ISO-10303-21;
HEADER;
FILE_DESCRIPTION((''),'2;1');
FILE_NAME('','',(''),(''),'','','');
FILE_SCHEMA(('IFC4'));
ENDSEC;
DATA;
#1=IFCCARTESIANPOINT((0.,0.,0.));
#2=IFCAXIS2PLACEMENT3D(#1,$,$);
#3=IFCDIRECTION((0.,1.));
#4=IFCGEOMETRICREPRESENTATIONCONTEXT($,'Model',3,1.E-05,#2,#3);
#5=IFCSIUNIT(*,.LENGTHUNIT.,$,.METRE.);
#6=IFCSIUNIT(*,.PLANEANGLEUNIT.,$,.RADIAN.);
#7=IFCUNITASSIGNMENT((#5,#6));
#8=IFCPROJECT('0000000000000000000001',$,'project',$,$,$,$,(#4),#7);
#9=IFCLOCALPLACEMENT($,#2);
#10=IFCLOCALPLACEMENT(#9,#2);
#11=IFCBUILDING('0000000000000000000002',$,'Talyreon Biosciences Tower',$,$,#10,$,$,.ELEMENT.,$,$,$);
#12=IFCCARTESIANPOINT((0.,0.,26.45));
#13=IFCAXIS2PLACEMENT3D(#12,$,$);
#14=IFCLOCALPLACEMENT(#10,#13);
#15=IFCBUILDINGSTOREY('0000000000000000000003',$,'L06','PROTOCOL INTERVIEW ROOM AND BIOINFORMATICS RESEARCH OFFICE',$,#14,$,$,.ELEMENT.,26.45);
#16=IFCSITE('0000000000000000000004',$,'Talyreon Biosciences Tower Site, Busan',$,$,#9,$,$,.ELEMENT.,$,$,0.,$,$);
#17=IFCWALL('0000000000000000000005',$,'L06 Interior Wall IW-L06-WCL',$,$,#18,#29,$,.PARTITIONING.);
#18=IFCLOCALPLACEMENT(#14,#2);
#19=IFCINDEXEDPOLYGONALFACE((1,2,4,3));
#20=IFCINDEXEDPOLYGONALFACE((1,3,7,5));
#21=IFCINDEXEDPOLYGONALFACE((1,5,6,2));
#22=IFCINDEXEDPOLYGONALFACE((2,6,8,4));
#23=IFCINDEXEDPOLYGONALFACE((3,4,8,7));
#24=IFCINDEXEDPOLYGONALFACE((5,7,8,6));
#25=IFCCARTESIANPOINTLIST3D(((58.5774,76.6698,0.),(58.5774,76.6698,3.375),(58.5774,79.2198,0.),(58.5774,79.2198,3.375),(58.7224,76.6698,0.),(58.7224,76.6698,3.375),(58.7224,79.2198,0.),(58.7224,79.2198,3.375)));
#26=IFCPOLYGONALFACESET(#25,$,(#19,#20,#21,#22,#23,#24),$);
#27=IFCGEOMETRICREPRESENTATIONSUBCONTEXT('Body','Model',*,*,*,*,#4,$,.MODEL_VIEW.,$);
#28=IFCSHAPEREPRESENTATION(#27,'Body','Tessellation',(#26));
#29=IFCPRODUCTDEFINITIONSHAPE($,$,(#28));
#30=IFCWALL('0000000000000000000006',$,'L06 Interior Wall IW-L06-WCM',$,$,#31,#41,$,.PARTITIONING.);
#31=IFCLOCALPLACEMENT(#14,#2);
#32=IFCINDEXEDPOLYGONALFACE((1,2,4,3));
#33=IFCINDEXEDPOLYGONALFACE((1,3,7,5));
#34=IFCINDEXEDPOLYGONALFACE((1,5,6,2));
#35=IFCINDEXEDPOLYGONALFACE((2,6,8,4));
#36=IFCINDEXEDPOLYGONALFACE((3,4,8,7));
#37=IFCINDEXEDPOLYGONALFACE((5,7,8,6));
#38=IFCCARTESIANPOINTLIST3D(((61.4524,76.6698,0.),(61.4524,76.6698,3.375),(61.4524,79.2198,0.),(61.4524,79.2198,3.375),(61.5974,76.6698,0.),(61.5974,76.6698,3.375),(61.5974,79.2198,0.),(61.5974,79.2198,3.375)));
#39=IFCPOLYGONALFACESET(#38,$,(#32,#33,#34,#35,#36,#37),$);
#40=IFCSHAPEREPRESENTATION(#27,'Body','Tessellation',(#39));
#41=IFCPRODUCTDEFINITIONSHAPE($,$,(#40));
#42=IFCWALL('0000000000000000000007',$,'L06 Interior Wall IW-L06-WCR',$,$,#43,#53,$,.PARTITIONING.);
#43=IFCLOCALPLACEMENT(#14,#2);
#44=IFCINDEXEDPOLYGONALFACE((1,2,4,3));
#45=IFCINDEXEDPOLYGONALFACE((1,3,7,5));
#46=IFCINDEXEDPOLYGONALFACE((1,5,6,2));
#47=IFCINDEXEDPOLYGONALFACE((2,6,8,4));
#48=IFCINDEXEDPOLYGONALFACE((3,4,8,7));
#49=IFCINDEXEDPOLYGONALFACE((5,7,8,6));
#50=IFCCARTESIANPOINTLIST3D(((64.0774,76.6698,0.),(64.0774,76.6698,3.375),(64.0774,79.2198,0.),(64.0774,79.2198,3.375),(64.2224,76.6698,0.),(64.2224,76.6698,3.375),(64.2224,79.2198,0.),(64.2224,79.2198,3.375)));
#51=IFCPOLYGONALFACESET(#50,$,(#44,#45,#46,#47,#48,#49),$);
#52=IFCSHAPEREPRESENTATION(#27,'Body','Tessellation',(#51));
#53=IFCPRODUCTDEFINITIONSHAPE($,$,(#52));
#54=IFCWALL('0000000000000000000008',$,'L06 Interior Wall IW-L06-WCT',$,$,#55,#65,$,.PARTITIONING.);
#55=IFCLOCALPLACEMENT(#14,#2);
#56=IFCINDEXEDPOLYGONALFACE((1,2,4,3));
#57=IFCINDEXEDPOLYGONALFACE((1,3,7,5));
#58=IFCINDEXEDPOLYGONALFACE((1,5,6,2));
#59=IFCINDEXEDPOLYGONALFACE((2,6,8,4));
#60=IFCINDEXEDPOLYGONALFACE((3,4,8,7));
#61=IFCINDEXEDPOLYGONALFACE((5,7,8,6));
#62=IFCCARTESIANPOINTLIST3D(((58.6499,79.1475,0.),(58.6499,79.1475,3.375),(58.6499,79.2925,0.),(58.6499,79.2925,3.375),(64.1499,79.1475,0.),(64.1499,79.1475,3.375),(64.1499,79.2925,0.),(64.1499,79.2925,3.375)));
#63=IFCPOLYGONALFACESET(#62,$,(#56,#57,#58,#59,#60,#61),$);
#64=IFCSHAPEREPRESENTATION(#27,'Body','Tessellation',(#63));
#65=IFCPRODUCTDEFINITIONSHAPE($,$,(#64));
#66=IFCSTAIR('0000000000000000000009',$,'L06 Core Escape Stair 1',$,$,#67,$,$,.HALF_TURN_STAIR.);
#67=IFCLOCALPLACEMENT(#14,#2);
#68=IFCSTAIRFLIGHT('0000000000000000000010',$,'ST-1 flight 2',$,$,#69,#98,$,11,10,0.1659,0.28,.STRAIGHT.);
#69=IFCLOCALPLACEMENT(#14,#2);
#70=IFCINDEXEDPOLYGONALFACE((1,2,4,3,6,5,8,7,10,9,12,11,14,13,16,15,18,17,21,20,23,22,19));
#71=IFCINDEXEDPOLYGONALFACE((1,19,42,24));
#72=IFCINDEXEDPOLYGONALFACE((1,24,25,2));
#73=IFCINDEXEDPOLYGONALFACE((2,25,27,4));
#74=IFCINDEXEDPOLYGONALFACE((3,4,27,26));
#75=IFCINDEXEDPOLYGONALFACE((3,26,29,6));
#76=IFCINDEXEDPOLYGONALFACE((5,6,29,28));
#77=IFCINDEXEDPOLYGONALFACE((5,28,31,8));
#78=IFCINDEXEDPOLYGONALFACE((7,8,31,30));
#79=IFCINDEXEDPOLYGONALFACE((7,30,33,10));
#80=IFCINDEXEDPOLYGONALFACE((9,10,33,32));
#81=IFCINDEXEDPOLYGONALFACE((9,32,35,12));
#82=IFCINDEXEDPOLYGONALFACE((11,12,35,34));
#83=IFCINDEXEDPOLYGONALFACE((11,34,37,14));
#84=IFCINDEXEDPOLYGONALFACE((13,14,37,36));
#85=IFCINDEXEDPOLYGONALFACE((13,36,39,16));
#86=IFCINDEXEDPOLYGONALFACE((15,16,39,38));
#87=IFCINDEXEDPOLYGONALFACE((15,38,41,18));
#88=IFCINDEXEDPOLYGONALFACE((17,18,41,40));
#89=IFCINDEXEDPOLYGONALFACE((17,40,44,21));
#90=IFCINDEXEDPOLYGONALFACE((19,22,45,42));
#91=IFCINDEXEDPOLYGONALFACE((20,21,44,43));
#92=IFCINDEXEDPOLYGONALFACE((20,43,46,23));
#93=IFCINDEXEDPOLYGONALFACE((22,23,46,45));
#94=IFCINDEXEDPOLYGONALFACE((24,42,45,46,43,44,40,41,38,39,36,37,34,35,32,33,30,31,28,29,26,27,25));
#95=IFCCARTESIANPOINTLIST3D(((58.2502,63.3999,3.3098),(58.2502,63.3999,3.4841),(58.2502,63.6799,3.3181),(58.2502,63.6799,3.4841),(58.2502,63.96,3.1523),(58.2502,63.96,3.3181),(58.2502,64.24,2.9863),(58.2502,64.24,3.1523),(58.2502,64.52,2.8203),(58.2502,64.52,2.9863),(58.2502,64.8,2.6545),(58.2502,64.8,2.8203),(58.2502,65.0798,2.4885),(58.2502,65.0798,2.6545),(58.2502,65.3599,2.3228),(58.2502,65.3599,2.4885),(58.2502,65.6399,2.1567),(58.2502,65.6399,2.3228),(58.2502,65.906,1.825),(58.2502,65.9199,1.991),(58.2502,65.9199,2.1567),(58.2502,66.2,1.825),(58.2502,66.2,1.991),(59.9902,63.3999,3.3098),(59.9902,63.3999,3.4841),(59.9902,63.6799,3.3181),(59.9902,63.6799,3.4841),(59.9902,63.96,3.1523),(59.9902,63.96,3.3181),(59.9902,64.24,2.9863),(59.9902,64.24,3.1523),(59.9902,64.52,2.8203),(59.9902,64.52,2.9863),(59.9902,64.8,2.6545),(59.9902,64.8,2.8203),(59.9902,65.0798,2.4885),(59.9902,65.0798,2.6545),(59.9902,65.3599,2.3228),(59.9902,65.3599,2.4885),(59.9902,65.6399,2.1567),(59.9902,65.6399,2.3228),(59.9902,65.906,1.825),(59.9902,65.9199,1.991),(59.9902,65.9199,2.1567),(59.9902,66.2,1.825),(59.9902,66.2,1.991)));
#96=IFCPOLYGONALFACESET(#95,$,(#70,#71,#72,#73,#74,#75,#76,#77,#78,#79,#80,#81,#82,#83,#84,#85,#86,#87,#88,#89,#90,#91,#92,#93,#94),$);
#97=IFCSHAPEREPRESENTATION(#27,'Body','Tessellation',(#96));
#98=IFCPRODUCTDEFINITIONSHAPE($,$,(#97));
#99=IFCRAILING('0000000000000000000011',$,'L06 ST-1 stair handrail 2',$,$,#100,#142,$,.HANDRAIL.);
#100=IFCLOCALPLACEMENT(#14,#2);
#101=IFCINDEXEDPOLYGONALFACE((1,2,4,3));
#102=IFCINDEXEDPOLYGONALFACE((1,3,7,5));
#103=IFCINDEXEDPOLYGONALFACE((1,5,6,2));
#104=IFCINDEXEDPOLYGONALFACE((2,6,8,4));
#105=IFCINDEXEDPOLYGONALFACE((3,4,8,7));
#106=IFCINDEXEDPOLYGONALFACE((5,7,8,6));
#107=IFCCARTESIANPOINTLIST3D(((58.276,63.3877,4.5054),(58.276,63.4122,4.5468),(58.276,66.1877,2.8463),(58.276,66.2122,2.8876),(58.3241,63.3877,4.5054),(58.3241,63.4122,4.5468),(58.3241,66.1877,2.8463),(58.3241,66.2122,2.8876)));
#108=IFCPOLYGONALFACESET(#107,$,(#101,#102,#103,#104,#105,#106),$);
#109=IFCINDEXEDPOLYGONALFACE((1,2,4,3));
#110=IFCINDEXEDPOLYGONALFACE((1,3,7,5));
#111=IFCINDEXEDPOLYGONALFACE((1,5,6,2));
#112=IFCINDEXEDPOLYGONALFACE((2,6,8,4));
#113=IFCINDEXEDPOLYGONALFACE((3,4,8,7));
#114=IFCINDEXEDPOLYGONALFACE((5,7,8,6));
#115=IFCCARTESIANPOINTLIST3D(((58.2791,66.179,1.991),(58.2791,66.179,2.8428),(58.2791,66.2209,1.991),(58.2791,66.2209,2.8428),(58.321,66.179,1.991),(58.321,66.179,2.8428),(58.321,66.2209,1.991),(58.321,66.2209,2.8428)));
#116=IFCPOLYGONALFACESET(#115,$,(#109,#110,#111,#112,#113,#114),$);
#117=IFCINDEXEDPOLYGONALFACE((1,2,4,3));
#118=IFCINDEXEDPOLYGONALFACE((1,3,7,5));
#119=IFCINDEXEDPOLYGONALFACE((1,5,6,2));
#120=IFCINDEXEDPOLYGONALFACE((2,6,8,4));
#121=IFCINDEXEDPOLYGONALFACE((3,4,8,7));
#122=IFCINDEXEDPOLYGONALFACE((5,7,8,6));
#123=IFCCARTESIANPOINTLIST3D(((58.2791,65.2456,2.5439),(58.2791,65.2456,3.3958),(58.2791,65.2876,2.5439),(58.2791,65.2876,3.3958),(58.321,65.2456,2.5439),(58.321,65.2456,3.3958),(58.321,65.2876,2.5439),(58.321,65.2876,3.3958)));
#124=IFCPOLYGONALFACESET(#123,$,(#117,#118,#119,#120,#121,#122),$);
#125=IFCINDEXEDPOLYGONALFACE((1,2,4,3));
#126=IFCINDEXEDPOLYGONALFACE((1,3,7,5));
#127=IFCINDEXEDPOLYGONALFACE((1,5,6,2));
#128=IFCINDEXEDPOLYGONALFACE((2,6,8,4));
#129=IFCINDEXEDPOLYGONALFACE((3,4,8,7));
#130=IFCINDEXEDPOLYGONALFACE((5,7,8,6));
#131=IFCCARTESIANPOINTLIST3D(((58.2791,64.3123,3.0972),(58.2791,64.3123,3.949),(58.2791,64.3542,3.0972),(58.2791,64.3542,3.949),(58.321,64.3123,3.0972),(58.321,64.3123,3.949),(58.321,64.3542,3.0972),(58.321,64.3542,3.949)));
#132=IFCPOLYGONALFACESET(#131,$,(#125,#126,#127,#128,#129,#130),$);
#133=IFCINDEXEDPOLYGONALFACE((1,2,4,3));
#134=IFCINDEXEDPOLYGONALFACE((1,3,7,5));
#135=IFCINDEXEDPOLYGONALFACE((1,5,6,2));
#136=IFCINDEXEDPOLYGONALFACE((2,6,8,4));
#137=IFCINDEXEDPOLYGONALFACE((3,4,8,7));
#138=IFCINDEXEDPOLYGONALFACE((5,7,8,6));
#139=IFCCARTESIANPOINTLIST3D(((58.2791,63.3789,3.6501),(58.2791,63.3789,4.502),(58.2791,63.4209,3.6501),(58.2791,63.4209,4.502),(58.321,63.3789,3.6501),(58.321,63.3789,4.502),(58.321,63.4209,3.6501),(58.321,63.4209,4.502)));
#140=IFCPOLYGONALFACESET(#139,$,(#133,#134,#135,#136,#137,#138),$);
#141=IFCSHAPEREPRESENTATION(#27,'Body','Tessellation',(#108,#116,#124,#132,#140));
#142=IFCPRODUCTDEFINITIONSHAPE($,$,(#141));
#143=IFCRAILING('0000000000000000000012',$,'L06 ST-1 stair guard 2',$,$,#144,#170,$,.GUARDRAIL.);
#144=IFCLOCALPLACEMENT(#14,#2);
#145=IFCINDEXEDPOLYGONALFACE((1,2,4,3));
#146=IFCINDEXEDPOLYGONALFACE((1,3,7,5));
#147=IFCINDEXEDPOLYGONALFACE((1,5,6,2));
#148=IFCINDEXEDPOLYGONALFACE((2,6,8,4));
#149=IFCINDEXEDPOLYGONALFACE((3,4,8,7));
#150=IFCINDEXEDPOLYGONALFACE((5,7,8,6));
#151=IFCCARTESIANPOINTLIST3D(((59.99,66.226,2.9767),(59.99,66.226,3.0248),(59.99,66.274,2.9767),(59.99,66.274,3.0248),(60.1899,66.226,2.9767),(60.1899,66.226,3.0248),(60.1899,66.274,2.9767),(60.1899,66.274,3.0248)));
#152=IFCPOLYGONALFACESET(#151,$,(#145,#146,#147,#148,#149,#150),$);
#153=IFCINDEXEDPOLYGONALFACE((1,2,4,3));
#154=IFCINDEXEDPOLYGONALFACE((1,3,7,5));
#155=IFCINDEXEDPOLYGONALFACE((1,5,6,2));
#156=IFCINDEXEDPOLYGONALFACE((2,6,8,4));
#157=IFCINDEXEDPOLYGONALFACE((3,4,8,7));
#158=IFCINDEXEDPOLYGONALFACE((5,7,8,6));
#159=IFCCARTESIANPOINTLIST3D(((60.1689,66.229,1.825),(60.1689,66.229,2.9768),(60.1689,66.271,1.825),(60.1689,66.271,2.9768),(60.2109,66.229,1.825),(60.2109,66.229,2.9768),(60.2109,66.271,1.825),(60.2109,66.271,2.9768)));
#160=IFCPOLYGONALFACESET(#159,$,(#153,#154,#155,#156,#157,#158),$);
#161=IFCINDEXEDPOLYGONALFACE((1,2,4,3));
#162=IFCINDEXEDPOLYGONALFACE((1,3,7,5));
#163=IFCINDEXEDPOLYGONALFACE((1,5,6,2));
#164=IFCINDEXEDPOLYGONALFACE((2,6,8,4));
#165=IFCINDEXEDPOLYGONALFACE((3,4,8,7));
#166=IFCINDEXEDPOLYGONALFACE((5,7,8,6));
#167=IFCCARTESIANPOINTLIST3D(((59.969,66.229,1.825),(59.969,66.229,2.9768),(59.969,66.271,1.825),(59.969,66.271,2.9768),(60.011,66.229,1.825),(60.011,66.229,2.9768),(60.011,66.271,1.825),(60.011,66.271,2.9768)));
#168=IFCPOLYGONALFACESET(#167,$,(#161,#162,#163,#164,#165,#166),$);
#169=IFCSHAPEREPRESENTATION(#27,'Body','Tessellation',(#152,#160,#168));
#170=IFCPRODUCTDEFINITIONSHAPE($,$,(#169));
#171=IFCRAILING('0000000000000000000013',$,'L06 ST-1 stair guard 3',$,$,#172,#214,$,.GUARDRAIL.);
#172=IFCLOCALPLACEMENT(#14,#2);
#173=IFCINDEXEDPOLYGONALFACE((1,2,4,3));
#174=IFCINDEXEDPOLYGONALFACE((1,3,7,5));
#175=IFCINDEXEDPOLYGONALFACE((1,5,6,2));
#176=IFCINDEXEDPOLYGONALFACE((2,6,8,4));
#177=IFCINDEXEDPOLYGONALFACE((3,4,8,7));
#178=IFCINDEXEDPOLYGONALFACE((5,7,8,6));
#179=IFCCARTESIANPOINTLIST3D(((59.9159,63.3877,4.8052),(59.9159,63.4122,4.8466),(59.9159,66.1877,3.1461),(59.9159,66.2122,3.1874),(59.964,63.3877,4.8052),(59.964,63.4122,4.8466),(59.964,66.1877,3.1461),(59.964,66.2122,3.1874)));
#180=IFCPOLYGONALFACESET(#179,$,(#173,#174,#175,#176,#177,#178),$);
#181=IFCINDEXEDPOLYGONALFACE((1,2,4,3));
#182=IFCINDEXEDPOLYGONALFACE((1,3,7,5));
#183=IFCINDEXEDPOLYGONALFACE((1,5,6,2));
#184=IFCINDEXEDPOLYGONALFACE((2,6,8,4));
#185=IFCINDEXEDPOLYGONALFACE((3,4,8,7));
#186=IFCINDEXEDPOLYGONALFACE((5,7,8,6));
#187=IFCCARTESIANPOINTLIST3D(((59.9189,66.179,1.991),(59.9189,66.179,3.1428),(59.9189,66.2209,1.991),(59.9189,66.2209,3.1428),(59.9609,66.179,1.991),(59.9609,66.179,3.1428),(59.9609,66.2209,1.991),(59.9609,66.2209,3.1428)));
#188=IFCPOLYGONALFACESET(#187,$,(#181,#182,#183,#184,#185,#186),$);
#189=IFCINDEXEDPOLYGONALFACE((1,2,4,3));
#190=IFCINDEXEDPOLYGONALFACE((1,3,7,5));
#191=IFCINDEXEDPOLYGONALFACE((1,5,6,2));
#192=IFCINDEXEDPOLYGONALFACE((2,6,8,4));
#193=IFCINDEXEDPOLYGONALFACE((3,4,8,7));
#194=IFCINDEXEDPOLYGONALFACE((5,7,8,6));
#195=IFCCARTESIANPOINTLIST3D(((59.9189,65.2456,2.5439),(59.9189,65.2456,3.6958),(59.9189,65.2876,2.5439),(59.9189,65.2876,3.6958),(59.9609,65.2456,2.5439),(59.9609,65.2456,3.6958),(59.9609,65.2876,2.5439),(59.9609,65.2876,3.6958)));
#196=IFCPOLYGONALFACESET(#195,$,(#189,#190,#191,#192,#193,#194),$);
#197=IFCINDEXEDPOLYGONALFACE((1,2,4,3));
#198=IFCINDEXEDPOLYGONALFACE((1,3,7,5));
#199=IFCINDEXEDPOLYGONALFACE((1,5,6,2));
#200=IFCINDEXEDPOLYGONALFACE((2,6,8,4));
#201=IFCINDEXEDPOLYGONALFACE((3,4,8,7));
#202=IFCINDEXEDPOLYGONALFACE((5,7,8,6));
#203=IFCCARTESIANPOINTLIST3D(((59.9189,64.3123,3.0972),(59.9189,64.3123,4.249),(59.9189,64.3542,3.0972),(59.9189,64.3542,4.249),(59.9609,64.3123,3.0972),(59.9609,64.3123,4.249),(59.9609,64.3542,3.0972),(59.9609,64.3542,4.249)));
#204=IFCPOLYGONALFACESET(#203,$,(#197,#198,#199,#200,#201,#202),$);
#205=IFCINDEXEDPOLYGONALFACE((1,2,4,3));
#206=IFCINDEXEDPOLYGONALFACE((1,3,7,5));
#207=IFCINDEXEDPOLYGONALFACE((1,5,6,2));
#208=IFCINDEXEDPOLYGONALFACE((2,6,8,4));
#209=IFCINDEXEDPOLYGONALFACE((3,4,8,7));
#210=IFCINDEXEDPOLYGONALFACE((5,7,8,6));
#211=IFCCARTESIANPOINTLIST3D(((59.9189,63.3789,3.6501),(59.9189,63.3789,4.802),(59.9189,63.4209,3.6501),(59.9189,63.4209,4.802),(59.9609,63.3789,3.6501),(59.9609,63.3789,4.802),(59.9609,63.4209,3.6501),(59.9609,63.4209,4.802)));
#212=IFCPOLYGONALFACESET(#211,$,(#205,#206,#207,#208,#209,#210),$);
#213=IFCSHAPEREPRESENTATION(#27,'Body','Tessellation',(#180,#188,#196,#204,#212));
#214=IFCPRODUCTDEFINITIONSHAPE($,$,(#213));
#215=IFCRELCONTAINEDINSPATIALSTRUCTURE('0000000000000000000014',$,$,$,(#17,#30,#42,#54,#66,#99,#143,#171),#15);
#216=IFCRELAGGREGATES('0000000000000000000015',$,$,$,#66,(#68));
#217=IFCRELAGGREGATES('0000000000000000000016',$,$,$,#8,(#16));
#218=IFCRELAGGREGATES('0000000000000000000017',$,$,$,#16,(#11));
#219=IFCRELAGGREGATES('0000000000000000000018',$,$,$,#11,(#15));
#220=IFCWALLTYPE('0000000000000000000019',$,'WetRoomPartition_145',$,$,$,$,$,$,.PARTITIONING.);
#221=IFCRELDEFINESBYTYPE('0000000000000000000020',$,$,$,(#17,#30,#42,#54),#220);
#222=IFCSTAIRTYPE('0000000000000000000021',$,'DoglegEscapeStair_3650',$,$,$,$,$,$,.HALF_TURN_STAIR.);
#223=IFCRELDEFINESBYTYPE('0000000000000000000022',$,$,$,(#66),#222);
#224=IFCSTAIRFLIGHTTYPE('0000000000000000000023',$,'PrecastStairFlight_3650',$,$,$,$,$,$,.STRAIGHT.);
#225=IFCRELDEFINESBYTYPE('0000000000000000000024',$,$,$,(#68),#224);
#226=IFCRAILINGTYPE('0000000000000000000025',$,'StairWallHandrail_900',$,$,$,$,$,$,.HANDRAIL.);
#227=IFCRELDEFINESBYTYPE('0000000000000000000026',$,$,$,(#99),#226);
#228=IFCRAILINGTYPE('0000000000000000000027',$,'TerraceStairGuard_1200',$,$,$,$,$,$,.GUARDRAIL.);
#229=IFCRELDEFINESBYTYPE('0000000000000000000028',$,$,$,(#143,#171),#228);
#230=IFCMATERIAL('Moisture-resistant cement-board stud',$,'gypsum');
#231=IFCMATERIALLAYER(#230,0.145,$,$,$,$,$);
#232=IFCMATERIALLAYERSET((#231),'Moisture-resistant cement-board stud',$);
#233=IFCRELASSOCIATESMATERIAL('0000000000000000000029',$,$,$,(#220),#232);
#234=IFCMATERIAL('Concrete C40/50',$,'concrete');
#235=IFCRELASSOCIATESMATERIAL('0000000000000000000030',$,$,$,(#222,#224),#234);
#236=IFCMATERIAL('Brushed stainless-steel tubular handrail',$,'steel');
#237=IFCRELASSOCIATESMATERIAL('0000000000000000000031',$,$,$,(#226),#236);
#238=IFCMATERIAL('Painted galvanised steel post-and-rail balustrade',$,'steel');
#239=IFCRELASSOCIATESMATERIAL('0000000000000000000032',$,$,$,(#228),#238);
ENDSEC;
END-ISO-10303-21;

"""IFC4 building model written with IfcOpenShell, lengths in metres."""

from ifc_helpers import new_model, si_unit, direction, frame, frame_2d, origin, origin_2d, place, context, subcontext, project, spatial, polyline, rectangle, outline, extrude, material, layer, layer_set, type_object, element, aggregate, save


model = new_model("IFC4")

# Units and contexts
model_context = context("Model", 3, precision=1e-05, world=origin(), true_north=direction((0.0, 1.0)))
body_context = subcontext(model_context, "Body", "Model", "MODEL_VIEW")
ifc_project = project(units=[si_unit("LENGTHUNIT", "METRE"), si_unit("PLANEANGLEUNIT", "RADIAN")], contexts=[model_context])

# Site, building, storey
site_placement = place(None, origin())
site = spatial("IfcSite", under=ifc_project, at=site_placement, Name="Talyreon Biosciences Tower Site, Busan", CompositionType="ELEMENT", RefElevation=0.0)
building_placement = place(site_placement, origin())
building = spatial("IfcBuilding", under=site, at=building_placement, Name="Talyreon Biosciences Tower", CompositionType="ELEMENT")
storey_placement = place(building_placement, frame((0.0, 0.0, 26.45)))
storey = spatial("IfcBuildingStorey", under=building, at=storey_placement, Name="L06", Description="PROTOCOL INTERVIEW ROOM AND BIOINFORMATICS RESEARCH OFFICE", CompositionType="ELEMENT", Elevation=26.45)

# Walls
ifc_material_1 = material(Name="Moisture-resistant cement-board stud", Category="gypsum")
ifc_layer_1 = layer(ifc_material_1, 0.145)
ifc_layer_set_1 = layer_set([ifc_layer_1], Name="Moisture-resistant cement-board stud")
wall_type_1 = type_object("IfcWallType", Name="WetRoomPartition_145", PredefinedType="PARTITIONING", material=ifc_layer_set_1)
for number, where, z_axis, x_axis, name in (
    (1, (58.6499, 76.6699, 0.0), (0.0, 0.0, 1.0), (0.0, 1.0, 0.0), "L06 Interior Wall IW-L06-WCL"),
    (2, (61.5249, 76.6699, 0.0), (0.0, 0.0, 1.0), (0.0, 1.0, 0.0), "L06 Interior Wall IW-L06-WCM"),
    (3, (64.1499, 76.6699, 0.0), (0.0, 0.0, 1.0), (0.0, 1.0, 0.0), "L06 Interior Wall IW-L06-WCR"),
):
    element("IfcWall", number, at=place(storey_placement, frame(where, z_axis=z_axis, x_axis=x_axis)), inside=storey, type_object=wall_type_1, Name=name, PredefinedType="PARTITIONING", context=body_context, shape_type="SweptSolid", body=[
        extrude(rectangle(XDim=2.55, YDim=0.145, at=frame_2d((1.2749, 0.0))), origin(), (0.0, 0.0, 1.0), 3.375),
    ])
wall_1_placement = place(storey_placement, frame((58.6499, 79.22, 0.0), z_axis=(0.0, 0.0, 1.0), x_axis=(1.0, 0.0, 0.0)))
element("IfcWall", 4, at=wall_1_placement, inside=storey, type_object=wall_type_1, Name="L06 Interior Wall IW-L06-WCT", PredefinedType="PARTITIONING", context=body_context, shape_type="SweptSolid", body=[
    extrude(rectangle(XDim=5.5, YDim=0.145, at=frame_2d((2.75, 0.0))), origin(), (0.0, 0.0, 1.0), 3.375),
])

# Stair, stair flight
ifc_material_2 = material(Name="Concrete C40/50", Category="concrete")
stair_type = type_object("IfcStairType", Name="DoglegEscapeStair_3650", PredefinedType="HALF_TURN_STAIR", material=ifc_material_2)
stair_placement = place(storey_placement, origin())
stair = element("IfcStair", 5, at=stair_placement, inside=storey, type_object=stair_type, Name="L06 Core Escape Stair 1", PredefinedType="HALF_TURN_STAIR")
stair_flight_type = type_object("IfcStairFlightType", Name="PrecastStairFlight_3650", PredefinedType="STRAIGHT", material=ifc_material_2)
stair_flight_placement = place(storey_placement, frame((59.1201, 66.2, 1.825), z_axis=(0.0, 0.0, 1.0), x_axis=(0.0, -1.0, 0.0)))
stair_flight = element("IfcStairFlight", 6, at=stair_flight_placement, type_object=stair_flight_type, Name="ST-1 flight 2", NumberOfRisers=11, NumberOfTreads=10, PredefinedType="STRAIGHT", RiserHeight=0.1659, TreadLength=0.28, context=body_context, shape_type="SweptSolid", body=[
    extrude(outline(polyline([(0.0, 0.0), (0.0, 0.166), (0.28, 0.166), (0.28, 0.3318), (0.5601, 0.3318), (0.5601, 0.4978), (0.8401, 0.4978), (0.8401, 0.6636), (1.1201, 0.6636), (1.1201, 0.8296), (1.3999, 0.8296), (1.3999, 0.9954), (1.6799, 0.9954), (1.6799, 1.1614), (1.96, 1.1614), (1.96, 1.3274), (2.24, 1.3274), (2.24, 1.4932), (2.52, 1.4932), (2.52, 1.6592), (2.8, 1.6592), (2.8, 1.825), (2.8, 1.4849), (0.2939, 0.0), (0.0, 0.0)])), frame((0.0, 0.8701, 0.0), z_axis=(0.0, -1.0, 0.0), x_axis=(1.0, 0.0, 0.0)), (0.0, 0.0, 1.0), 1.74),
])
aggregate(stair, [stair_flight])

# Railings
ifc_material_3 = material(Name="Brushed stainless-steel tubular handrail", Category="steel")
railing_type_1 = type_object("IfcRailingType", Name="StairWallHandrail_900", PredefinedType="HANDRAIL", material=ifc_material_3)
railing_1_placement = place(storey_placement, frame((58.3, 66.2, 1.991)))
element("IfcRailing", 7, at=railing_1_placement, inside=storey, type_object=railing_type_1, Name="L06 ST-1 stair handrail 2", PredefinedType="HANDRAIL", context=body_context, shape_type="SweptSolid", body=[
    extrude(rectangle(XDim=0.0481, YDim=0.0481, at=origin_2d()), frame((0.0, 0.0, 0.876), z_axis=(0.0, -0.860306, 0.509778), x_axis=(1.0, 0.0, 0.0)), (0.0, 0.0, 1.0), 3.2546),
    extrude(rectangle(XDim=0.042, YDim=0.042, at=origin_2d()), origin(), (0.0, 0.0, 1.0), 0.8518),
    extrude(rectangle(XDim=0.042, YDim=0.042, at=origin_2d()), frame((0.0, -0.9333, 0.553)), (0.0, 0.0, 1.0), 0.8518),
    extrude(rectangle(XDim=0.042, YDim=0.042, at=origin_2d()), frame((0.0, -1.8667, 1.1062)), (0.0, 0.0, 1.0), 0.8518),
    extrude(rectangle(XDim=0.042, YDim=0.042, at=origin_2d()), frame((0.0, -2.8, 1.6592)), (0.0, 0.0, 1.0), 0.8518),
])
ifc_material_4 = material(Name="Painted galvanised steel post-and-rail balustrade", Category="steel")
railing_type_2 = type_object("IfcRailingType", Name="TerraceStairGuard_1200", PredefinedType="GUARDRAIL", material=ifc_material_4)
railing_2_placement = place(storey_placement, frame((60.1899, 66.25, 1.825)))
element("IfcRailing", 8, at=railing_2_placement, inside=storey, type_object=railing_type_2, Name="L06 ST-1 stair guard 2", PredefinedType="GUARDRAIL", context=body_context, shape_type="SweptSolid", body=[
    extrude(rectangle(XDim=0.0481, YDim=0.0481, at=origin_2d()), frame((0.0, 0.0, 1.1758), z_axis=(-1.0, 0.0, 0.0), x_axis=(0.0, -1.0, 0.0)), (0.0, 0.0, 1.0), 0.2),
    extrude(rectangle(XDim=0.042, YDim=0.042, at=origin_2d()), origin(), (0.0, 0.0, 1.0), 1.1519),
    extrude(rectangle(XDim=0.042, YDim=0.042, at=origin_2d()), frame((-0.2, 0.0, 0.0)), (0.0, 0.0, 1.0), 1.1519),
])
railing_3_placement = place(storey_placement, frame((59.9399, 66.2, 1.991)))
element("IfcRailing", 9, at=railing_3_placement, inside=storey, type_object=railing_type_2, Name="L06 ST-1 stair guard 3", PredefinedType="GUARDRAIL", context=body_context, shape_type="SweptSolid", body=[
    extrude(rectangle(XDim=0.0481, YDim=0.0481, at=origin_2d()), frame((0.0, 0.0, 1.1758), z_axis=(0.0, -0.860306, 0.509778), x_axis=(1.0, 0.0, 0.0)), (0.0, 0.0, 1.0), 3.2546),
    extrude(rectangle(XDim=0.042, YDim=0.042, at=origin_2d()), origin(), (0.0, 0.0, 1.0), 1.1519),
    extrude(rectangle(XDim=0.042, YDim=0.042, at=origin_2d()), frame((0.0, -0.9333, 0.553)), (0.0, 0.0, 1.0), 1.1519),
    extrude(rectangle(XDim=0.042, YDim=0.042, at=origin_2d()), frame((0.0, -1.8667, 1.1062)), (0.0, 0.0, 1.0), 1.1519),
    extrude(rectangle(XDim=0.042, YDim=0.042, at=origin_2d()), frame((0.0, -2.8, 1.6592)), (0.0, 0.0, 1.0), 1.1519),
])

save(model, "model.ifc")
